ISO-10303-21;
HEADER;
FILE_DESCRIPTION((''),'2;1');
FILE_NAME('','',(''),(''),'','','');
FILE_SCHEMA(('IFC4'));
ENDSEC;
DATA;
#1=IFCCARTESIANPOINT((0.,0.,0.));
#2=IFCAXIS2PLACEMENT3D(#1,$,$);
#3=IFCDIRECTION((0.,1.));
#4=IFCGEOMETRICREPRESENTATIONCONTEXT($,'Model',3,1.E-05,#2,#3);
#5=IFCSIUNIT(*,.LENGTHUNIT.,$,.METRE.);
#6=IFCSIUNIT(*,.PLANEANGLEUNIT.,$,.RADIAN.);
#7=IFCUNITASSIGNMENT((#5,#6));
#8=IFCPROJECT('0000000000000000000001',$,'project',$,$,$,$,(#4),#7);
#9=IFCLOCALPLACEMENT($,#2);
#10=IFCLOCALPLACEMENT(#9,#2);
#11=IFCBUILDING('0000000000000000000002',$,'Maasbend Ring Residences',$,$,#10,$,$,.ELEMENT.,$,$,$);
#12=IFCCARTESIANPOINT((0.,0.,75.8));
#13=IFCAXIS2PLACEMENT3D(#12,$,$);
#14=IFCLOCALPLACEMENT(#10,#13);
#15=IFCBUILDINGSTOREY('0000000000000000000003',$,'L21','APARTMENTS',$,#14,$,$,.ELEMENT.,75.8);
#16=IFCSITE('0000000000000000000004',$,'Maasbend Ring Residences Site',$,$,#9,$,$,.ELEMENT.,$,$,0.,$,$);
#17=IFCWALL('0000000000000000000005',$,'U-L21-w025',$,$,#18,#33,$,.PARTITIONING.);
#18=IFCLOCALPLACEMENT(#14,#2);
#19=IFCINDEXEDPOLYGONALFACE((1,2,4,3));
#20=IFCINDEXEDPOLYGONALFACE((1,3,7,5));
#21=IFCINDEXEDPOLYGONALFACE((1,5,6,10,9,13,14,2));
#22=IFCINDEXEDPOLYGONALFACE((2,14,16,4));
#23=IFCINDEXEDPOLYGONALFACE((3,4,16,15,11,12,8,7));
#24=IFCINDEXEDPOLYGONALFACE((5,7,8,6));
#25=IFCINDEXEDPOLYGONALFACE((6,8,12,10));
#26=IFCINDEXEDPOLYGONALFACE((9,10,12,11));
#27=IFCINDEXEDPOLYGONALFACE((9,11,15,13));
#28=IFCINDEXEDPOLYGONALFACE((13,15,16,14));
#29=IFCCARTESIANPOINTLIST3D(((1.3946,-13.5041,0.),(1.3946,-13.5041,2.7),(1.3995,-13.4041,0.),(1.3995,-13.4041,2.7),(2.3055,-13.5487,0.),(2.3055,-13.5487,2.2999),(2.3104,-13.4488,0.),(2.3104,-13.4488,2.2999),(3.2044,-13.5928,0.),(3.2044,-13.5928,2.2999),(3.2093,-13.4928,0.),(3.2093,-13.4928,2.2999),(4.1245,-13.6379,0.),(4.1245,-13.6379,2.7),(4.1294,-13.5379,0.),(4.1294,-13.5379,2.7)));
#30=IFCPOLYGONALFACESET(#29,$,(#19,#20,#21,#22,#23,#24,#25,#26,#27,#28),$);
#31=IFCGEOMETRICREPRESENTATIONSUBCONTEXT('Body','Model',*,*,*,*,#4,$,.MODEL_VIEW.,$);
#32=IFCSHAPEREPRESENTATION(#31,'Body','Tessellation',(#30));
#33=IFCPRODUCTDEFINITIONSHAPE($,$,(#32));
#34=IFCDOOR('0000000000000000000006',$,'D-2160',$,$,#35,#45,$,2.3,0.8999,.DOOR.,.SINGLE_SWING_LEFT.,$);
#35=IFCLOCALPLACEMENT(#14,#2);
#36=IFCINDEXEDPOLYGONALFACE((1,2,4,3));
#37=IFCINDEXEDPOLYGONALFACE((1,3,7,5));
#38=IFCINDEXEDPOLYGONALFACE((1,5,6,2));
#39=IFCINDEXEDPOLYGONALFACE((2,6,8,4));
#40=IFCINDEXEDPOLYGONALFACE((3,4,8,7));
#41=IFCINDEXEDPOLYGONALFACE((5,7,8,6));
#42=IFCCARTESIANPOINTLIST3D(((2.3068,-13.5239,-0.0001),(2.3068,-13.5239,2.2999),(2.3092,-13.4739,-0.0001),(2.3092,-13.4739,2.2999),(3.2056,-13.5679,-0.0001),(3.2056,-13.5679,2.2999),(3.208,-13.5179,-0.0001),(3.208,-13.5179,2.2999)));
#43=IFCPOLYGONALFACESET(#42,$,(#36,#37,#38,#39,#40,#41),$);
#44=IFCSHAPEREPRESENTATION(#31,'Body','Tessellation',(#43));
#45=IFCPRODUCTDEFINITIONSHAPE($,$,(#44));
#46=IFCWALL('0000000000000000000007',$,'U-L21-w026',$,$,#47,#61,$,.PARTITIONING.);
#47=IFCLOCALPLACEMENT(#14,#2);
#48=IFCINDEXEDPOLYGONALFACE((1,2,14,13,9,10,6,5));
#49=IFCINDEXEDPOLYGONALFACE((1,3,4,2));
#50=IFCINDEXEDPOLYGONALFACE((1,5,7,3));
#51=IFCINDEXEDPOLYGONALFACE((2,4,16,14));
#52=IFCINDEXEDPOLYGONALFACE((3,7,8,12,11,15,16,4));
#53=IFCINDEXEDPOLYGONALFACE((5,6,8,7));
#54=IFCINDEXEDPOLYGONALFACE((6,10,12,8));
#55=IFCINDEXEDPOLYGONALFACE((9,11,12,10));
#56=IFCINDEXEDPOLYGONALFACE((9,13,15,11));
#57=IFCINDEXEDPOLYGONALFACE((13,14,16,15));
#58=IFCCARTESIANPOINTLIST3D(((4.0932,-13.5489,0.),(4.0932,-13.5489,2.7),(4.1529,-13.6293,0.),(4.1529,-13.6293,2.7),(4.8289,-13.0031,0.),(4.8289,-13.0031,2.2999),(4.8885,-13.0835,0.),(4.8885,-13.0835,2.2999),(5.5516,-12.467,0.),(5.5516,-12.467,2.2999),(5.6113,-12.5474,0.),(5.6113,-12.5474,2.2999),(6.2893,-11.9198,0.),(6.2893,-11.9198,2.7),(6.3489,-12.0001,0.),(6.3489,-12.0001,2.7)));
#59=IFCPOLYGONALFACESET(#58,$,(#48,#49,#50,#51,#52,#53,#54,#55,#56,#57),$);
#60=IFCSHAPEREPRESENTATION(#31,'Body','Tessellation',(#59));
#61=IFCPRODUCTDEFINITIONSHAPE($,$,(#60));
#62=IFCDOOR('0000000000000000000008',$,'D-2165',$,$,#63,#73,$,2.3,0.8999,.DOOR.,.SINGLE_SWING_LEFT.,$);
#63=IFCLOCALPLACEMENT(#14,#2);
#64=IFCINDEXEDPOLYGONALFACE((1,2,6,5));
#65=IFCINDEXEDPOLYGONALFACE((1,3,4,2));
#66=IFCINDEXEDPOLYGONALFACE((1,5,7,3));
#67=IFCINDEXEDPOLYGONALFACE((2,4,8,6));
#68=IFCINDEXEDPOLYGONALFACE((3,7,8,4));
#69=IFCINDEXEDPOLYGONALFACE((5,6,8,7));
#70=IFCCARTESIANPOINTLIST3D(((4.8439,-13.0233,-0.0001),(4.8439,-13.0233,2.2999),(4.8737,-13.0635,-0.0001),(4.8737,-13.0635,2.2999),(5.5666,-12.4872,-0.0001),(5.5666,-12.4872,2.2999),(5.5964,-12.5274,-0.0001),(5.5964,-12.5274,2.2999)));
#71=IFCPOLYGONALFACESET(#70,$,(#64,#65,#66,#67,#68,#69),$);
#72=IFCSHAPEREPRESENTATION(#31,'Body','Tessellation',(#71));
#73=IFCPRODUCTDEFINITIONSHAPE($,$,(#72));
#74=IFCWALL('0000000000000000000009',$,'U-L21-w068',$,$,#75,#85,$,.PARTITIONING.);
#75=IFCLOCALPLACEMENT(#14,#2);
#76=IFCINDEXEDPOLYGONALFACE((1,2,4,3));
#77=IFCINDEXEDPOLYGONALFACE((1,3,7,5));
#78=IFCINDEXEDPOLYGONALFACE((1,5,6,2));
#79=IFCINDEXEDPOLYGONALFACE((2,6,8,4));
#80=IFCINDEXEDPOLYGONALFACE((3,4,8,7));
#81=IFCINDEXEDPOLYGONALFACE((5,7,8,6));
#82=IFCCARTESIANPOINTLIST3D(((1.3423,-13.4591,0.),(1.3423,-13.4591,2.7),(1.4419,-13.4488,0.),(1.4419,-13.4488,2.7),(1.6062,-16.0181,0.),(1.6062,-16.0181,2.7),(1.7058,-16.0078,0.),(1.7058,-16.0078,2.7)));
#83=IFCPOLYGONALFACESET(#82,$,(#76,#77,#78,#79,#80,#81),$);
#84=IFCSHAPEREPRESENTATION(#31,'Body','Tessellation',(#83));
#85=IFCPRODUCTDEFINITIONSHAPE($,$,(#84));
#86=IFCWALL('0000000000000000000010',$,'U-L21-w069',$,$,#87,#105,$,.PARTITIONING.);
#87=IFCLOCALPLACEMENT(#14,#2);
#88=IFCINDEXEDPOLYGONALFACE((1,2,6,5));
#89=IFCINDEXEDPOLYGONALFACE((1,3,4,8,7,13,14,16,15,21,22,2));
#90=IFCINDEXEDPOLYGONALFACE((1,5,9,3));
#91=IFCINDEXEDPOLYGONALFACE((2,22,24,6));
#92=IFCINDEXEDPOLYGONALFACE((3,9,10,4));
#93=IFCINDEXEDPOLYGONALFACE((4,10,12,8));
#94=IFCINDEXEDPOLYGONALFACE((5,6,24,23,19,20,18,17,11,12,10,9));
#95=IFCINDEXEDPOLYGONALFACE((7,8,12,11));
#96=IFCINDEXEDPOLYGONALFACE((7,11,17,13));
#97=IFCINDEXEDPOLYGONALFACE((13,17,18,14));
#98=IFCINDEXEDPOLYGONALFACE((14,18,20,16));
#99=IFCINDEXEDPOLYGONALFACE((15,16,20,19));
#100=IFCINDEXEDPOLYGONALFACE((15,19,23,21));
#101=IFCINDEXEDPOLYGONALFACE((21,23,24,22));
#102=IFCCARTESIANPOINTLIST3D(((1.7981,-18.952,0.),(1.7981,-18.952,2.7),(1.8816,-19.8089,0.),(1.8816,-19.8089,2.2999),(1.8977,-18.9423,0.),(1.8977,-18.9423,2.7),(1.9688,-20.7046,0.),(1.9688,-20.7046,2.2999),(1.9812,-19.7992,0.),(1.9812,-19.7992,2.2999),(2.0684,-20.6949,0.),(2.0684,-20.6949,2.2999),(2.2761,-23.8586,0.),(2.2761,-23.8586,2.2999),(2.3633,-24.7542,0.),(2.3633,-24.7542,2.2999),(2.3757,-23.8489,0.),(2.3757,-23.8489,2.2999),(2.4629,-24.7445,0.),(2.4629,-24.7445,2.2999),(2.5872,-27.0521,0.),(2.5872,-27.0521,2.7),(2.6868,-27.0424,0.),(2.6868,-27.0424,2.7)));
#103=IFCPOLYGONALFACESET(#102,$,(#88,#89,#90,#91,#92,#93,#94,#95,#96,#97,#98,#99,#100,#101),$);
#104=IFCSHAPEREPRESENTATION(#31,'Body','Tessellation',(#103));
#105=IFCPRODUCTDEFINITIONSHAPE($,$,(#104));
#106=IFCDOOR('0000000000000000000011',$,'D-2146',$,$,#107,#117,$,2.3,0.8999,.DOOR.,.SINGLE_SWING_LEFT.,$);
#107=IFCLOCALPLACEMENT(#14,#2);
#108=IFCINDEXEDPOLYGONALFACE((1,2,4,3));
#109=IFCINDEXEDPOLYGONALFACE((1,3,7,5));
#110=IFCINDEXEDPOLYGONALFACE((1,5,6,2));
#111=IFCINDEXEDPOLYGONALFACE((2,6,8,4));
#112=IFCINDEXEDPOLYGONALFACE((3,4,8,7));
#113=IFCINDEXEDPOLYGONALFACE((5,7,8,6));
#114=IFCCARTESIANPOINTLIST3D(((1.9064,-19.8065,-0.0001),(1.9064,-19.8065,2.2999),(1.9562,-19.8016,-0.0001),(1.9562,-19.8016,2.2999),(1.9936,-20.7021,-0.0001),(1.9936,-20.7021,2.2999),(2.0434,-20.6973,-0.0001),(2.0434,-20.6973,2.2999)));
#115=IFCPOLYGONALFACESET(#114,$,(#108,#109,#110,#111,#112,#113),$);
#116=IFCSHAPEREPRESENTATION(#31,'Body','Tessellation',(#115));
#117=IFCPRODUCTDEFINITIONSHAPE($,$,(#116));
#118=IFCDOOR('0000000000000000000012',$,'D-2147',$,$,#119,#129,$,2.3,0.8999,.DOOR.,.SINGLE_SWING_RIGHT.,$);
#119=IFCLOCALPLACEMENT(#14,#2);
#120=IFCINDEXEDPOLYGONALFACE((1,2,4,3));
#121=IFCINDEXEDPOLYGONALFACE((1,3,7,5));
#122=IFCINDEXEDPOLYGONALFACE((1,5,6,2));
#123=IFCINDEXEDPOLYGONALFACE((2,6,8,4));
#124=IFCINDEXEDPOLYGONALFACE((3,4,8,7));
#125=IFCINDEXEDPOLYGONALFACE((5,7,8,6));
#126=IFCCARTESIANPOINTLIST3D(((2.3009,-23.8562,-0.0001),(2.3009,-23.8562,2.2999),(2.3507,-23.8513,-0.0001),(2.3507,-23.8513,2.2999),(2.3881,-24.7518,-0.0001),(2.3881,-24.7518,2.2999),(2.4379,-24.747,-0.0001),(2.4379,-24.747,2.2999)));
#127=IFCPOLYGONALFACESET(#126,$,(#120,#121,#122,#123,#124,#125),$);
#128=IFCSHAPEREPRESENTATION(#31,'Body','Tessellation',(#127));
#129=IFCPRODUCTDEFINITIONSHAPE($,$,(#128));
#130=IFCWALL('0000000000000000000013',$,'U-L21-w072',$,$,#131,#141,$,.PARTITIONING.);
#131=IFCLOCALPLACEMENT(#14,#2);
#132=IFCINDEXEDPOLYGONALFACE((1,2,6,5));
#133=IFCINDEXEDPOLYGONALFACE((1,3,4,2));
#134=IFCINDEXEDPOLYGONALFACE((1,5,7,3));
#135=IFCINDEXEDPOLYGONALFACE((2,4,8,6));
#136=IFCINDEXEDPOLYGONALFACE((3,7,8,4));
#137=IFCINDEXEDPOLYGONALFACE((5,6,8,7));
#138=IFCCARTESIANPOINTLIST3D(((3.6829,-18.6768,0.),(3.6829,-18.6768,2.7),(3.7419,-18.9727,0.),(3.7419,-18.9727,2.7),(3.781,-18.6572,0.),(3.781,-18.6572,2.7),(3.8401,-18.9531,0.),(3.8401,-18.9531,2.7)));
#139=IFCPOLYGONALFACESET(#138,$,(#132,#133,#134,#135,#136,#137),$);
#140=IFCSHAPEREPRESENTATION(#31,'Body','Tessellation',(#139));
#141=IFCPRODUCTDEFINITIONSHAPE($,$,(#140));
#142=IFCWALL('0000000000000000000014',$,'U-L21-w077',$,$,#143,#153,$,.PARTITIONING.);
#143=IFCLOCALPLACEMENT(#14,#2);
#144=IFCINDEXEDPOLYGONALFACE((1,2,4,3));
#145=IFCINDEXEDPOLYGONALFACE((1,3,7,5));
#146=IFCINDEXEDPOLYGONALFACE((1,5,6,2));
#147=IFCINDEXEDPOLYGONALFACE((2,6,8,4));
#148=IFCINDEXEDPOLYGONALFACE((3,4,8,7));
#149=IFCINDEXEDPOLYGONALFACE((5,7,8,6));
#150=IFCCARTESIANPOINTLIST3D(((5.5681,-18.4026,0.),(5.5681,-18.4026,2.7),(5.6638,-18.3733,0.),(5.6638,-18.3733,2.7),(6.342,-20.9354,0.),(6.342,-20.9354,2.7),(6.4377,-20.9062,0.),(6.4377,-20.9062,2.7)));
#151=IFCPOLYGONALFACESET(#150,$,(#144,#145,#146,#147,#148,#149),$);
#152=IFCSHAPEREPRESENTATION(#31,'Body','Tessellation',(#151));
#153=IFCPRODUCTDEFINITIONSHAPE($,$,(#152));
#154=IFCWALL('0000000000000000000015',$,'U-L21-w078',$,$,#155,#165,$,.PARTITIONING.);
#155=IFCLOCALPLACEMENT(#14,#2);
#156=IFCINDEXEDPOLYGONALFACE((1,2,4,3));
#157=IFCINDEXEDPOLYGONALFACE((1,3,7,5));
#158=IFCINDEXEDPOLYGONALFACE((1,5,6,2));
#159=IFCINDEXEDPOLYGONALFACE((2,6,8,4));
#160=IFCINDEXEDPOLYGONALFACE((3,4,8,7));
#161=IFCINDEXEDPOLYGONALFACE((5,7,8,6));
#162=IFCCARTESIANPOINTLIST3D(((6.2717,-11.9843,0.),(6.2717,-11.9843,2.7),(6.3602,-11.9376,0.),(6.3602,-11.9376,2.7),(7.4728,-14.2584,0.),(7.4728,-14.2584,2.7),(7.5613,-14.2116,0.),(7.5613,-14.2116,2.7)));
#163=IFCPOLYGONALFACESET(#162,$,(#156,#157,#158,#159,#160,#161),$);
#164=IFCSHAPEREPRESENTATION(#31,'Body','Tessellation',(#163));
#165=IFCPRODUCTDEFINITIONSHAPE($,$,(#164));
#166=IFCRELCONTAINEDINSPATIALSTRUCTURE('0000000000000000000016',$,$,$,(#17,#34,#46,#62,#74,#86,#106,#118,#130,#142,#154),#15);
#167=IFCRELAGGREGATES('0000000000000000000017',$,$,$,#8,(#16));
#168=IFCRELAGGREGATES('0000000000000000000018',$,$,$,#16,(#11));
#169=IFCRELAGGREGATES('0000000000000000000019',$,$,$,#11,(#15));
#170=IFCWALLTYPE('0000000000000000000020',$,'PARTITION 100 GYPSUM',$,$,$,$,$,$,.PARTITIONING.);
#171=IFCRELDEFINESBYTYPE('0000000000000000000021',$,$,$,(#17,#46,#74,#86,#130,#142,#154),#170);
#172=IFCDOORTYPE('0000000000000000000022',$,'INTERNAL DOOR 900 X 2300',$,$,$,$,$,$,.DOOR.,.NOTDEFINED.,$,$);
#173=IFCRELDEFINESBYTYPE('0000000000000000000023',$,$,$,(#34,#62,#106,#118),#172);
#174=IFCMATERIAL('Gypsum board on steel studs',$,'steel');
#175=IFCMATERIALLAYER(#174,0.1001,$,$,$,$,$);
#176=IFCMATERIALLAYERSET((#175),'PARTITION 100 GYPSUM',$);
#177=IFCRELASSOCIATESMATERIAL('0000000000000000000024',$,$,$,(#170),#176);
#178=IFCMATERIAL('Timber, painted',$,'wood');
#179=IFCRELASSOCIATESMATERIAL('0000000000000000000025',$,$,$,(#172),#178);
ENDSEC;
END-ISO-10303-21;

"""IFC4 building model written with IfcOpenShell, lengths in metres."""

from ifc_helpers import new_model, si_unit, direction, frame, frame_2d, origin, place, context, subcontext, project, spatial, rectangle, extrude, material, layer, layer_set, type_object, element, fill, save


model = new_model("IFC4")

# Units and contexts
model_context = context("Model", 3, precision=1e-05, world=origin(), true_north=direction((0.0, 1.0)))
body_context = subcontext(model_context, "Body", "Model", "MODEL_VIEW")
ifc_project = project(units=[si_unit("LENGTHUNIT", "METRE"), si_unit("PLANEANGLEUNIT", "RADIAN")], contexts=[model_context])

# Site, building, storey
site_placement = place(None, origin())
site = spatial("IfcSite", under=ifc_project, at=site_placement, Name="Maasbend Ring Residences Site", CompositionType="ELEMENT", RefElevation=0.0)
building_placement = place(site_placement, origin())
building = spatial("IfcBuilding", under=site, at=building_placement, Name="Maasbend Ring Residences", CompositionType="ELEMENT")
storey_placement = place(building_placement, frame((0.0, 0.0, 75.8)))
storey = spatial("IfcBuildingStorey", under=building, at=storey_placement, Name="L21", Description="APARTMENTS", CompositionType="ELEMENT", Elevation=75.8)

# Walls, openings, doors
ifc_material_1 = material(Name="Gypsum board on steel studs", Category="steel")
ifc_layer_1 = layer(ifc_material_1, 0.1001)
ifc_layer_set_1 = layer_set([ifc_layer_1], Name="PARTITION 100 GYPSUM")
wall_type_1 = type_object("IfcWallType", Name="PARTITION 100 GYPSUM", PredefinedType="PARTITIONING", material=ifc_layer_set_1)
wall_1_placement = place(storey_placement, frame((1.397, -13.4541, 0.0), z_axis=(0.0, 0.0, 1.0), x_axis=(0.998801, -0.048949, 0.0)))
wall_1 = element("IfcWall", 1, at=wall_1_placement, inside=storey, type_object=wall_type_1, Name="U-L21-w025", PredefinedType="PARTITIONING", context=body_context, shape_type="SweptSolid", body=[
    extrude(rectangle(XDim=2.7332, YDim=0.1001, at=frame_2d((1.3667, 0.0))), origin(), (0.0, 0.0, 1.0), 2.7),
])
opening_1_placement = place(wall_1_placement, frame((0.9121, 0.0, 0.0)))
opening_1 = element("IfcOpeningElement", 2, at=opening_1_placement, cuts=wall_1, PredefinedType="OPENING", context=body_context, shape_type="SweptSolid", body=[
    extrude(rectangle(XDim=0.8999, YDim=2.3, at=frame_2d((0.45, 1.1499))), frame((0.0, 0.0601, 0.0), z_axis=(0.0, -1.0, 0.0), x_axis=(1.0, 0.0, 0.0)), (0.0, 0.0, 1.0), 0.1201),
])
ifc_material_2 = material(Name="Timber, painted", Category="wood")
door_type_1 = type_object("IfcDoorType", Name="INTERNAL DOOR 900 X 2300", OperationType="NOTDEFINED", PredefinedType="DOOR", material=ifc_material_2)
door_1_placement = place(opening_1_placement, origin())
door_1 = element("IfcDoor", 3, at=door_1_placement, inside=storey, type_object=door_type_1, Name="D-2160", OperationType="SINGLE_SWING_LEFT", OverallHeight=2.3, OverallWidth=0.8999, PredefinedType="DOOR", context=body_context, shape_type="SweptSolid", body=[
    extrude(rectangle(XDim=0.8999, YDim=2.3, at=frame_2d((0.45, 1.1499))), frame((0.0, 0.0249, 0.0), z_axis=(0.0, -1.0, 0.0), x_axis=(1.0, 0.0, 0.0)), (0.0, 0.0, 1.0), 0.05),
])
fill(opening_1, door_1)
wall_2_placement = place(storey_placement, frame((4.123, -13.5891, 0.0), z_axis=(0.0, 0.0, 1.0), x_axis=(0.803128, 0.595806, 0.0)))
wall_2 = element("IfcWall", 4, at=wall_2_placement, inside=storey, type_object=wall_type_1, Name="U-L21-w026", PredefinedType="PARTITIONING", context=body_context, shape_type="SweptSolid", body=[
    extrude(rectangle(XDim=2.7344, YDim=0.1001, at=frame_2d((1.3672, 0.0))), origin(), (0.0, 0.0, 1.0), 2.7),
])
opening_2_placement = place(wall_2_placement, frame((0.916, 0.0, 0.0)))
opening_2 = element("IfcOpeningElement", 5, at=opening_2_placement, cuts=wall_2, PredefinedType="OPENING", context=body_context, shape_type="SweptSolid", body=[
    extrude(rectangle(XDim=0.8999, YDim=2.3, at=frame_2d((0.45, 1.1499))), frame((0.0, 0.0601, 0.0), z_axis=(0.0, -1.0, 0.0), x_axis=(1.0, 0.0, 0.0)), (0.0, 0.0, 1.0), 0.1201),
])
door_2_placement = place(opening_2_placement, origin())
door_2 = element("IfcDoor", 6, at=door_2_placement, inside=storey, type_object=door_type_1, Name="D-2165", OperationType="SINGLE_SWING_LEFT", OverallHeight=2.3, OverallWidth=0.8999, PredefinedType="DOOR", context=body_context, shape_type="SweptSolid", body=[
    extrude(rectangle(XDim=0.8999, YDim=2.3, at=frame_2d((0.45, 1.1499))), frame((0.0, 0.0249, 0.0), z_axis=(0.0, -1.0, 0.0), x_axis=(1.0, 0.0, 0.0)), (0.0, 0.0, 1.0), 0.05),
])
fill(opening_2, door_2)

# Wall
wall_3_placement = place(storey_placement, frame((1.3921, -13.4541, 0.0), z_axis=(0.0, 0.0, 1.0), x_axis=(0.102595, -0.994723, 0.0)))
element("IfcWall", 7, at=wall_3_placement, inside=storey, type_object=wall_type_1, Name="U-L21-w068", PredefinedType="PARTITIONING", context=body_context, shape_type="SweptSolid", body=[
    extrude(rectangle(XDim=2.5725, YDim=0.1001, at=frame_2d((1.2861, 0.0))), origin(), (0.0, 0.0, 1.0), 2.7),
])

# Wall, openings, doors
wall_4_placement = place(storey_placement, frame((1.8479, -18.947, 0.0), z_axis=(0.0, 0.0, 1.0), x_axis=(0.096955, -0.995289, 0.0)))
wall_4 = element("IfcWall", 8, at=wall_4_placement, inside=storey, type_object=wall_type_1, Name="U-L21-w069", PredefinedType="PARTITIONING", context=body_context, shape_type="SweptSolid", body=[
    extrude(rectangle(XDim=8.1384, YDim=0.1001, at=frame_2d((4.0693, 0.0))), origin(), (0.0, 0.0, 1.0), 2.7),
])
opening_3_placement = place(wall_4_placement, frame((0.8611, 0.0, 0.0)))
opening_3 = element("IfcOpeningElement", 9, at=opening_3_placement, cuts=wall_4, PredefinedType="OPENING", context=body_context, shape_type="SweptSolid", body=[
    extrude(rectangle(XDim=0.8999, YDim=2.3, at=frame_2d((0.45, 1.1499))), frame((0.0, 0.0601, 0.0), z_axis=(0.0, -1.0, 0.0), x_axis=(1.0, 0.0, 0.0)), (0.0, 0.0, 1.0), 0.1201),
])
opening_4_placement = place(wall_4_placement, frame((4.9299, 0.0, 0.0)))
opening_4 = element("IfcOpeningElement", 10, at=opening_4_placement, cuts=wall_4, PredefinedType="OPENING", context=body_context, shape_type="SweptSolid", body=[
    extrude(rectangle(XDim=0.8999, YDim=2.3, at=frame_2d((0.45, 1.1499))), frame((0.0, 0.0601, 0.0), z_axis=(0.0, -1.0, 0.0), x_axis=(1.0, 0.0, 0.0)), (0.0, 0.0, 1.0), 0.1201),
])
door_3_placement = place(opening_3_placement, origin())
door_3 = element("IfcDoor", 11, at=door_3_placement, inside=storey, type_object=door_type_1, Name="D-2146", OperationType="SINGLE_SWING_LEFT", OverallHeight=2.3, OverallWidth=0.8999, PredefinedType="DOOR", context=body_context, shape_type="SweptSolid", body=[
    extrude(rectangle(XDim=0.8999, YDim=2.3, at=frame_2d((0.45, 1.1499))), frame((0.0, 0.0249, 0.0), z_axis=(0.0, -1.0, 0.0), x_axis=(1.0, 0.0, 0.0)), (0.0, 0.0, 1.0), 0.05),
])
fill(opening_3, door_3)
door_4_placement = place(opening_4_placement, origin())
door_4 = element("IfcDoor", 12, at=door_4_placement, inside=storey, type_object=door_type_1, Name="D-2147", OperationType="SINGLE_SWING_RIGHT", OverallHeight=2.3, OverallWidth=0.8999, PredefinedType="DOOR", context=body_context, shape_type="SweptSolid", body=[
    extrude(rectangle(XDim=0.8999, YDim=2.3, at=frame_2d((0.45, 1.1499))), frame((0.0, 0.0249, 0.0), z_axis=(0.0, -1.0, 0.0), x_axis=(1.0, 0.0, 0.0)), (0.0, 0.0, 1.0), 0.05),
])
fill(opening_4, door_4)

# Walls
wall_5_placement = place(storey_placement, frame((3.7319, -18.667, 0.0), z_axis=(0.0, 0.0, 1.0), x_axis=(0.195805, -0.980643, 0.0)))
element("IfcWall", 13, at=wall_5_placement, inside=storey, type_object=wall_type_1, Name="U-L21-w072", PredefinedType="PARTITIONING", context=body_context, shape_type="SweptSolid", body=[
    extrude(rectangle(XDim=0.3018, YDim=0.1001, at=frame_2d((0.1509, 0.0))), origin(), (0.0, 0.0, 1.0), 2.7),
])
wall_6_placement = place(storey_placement, frame((5.616, -18.3879, 0.0), z_axis=(0.0, 0.0, 1.0), x_axis=(0.292207, -0.956355, 0.0)))
element("IfcWall", 14, at=wall_6_placement, inside=storey, type_object=wall_type_1, Name="U-L21-w077", PredefinedType="PARTITIONING", context=body_context, shape_type="SweptSolid", body=[
    extrude(rectangle(XDim=2.6484, YDim=0.1001, at=frame_2d((1.3242, 0.0))), origin(), (0.0, 0.0, 1.0), 2.7),
])
wall_7_placement = place(storey_placement, frame((6.3159, -11.9609, 0.0), z_axis=(0.0, 0.0, 1.0), x_axis=(0.467037, -0.884238, 0.0)))
element("IfcWall", 15, at=wall_7_placement, inside=storey, type_object=wall_type_1, Name="U-L21-w078", PredefinedType="PARTITIONING", context=body_context, shape_type="SweptSolid", body=[
    extrude(rectangle(XDim=2.5718, YDim=0.1001, at=frame_2d((1.2859, 0.0))), origin(), (0.0, 0.0, 1.0), 2.7),
])

save(model, "model.ifc")
